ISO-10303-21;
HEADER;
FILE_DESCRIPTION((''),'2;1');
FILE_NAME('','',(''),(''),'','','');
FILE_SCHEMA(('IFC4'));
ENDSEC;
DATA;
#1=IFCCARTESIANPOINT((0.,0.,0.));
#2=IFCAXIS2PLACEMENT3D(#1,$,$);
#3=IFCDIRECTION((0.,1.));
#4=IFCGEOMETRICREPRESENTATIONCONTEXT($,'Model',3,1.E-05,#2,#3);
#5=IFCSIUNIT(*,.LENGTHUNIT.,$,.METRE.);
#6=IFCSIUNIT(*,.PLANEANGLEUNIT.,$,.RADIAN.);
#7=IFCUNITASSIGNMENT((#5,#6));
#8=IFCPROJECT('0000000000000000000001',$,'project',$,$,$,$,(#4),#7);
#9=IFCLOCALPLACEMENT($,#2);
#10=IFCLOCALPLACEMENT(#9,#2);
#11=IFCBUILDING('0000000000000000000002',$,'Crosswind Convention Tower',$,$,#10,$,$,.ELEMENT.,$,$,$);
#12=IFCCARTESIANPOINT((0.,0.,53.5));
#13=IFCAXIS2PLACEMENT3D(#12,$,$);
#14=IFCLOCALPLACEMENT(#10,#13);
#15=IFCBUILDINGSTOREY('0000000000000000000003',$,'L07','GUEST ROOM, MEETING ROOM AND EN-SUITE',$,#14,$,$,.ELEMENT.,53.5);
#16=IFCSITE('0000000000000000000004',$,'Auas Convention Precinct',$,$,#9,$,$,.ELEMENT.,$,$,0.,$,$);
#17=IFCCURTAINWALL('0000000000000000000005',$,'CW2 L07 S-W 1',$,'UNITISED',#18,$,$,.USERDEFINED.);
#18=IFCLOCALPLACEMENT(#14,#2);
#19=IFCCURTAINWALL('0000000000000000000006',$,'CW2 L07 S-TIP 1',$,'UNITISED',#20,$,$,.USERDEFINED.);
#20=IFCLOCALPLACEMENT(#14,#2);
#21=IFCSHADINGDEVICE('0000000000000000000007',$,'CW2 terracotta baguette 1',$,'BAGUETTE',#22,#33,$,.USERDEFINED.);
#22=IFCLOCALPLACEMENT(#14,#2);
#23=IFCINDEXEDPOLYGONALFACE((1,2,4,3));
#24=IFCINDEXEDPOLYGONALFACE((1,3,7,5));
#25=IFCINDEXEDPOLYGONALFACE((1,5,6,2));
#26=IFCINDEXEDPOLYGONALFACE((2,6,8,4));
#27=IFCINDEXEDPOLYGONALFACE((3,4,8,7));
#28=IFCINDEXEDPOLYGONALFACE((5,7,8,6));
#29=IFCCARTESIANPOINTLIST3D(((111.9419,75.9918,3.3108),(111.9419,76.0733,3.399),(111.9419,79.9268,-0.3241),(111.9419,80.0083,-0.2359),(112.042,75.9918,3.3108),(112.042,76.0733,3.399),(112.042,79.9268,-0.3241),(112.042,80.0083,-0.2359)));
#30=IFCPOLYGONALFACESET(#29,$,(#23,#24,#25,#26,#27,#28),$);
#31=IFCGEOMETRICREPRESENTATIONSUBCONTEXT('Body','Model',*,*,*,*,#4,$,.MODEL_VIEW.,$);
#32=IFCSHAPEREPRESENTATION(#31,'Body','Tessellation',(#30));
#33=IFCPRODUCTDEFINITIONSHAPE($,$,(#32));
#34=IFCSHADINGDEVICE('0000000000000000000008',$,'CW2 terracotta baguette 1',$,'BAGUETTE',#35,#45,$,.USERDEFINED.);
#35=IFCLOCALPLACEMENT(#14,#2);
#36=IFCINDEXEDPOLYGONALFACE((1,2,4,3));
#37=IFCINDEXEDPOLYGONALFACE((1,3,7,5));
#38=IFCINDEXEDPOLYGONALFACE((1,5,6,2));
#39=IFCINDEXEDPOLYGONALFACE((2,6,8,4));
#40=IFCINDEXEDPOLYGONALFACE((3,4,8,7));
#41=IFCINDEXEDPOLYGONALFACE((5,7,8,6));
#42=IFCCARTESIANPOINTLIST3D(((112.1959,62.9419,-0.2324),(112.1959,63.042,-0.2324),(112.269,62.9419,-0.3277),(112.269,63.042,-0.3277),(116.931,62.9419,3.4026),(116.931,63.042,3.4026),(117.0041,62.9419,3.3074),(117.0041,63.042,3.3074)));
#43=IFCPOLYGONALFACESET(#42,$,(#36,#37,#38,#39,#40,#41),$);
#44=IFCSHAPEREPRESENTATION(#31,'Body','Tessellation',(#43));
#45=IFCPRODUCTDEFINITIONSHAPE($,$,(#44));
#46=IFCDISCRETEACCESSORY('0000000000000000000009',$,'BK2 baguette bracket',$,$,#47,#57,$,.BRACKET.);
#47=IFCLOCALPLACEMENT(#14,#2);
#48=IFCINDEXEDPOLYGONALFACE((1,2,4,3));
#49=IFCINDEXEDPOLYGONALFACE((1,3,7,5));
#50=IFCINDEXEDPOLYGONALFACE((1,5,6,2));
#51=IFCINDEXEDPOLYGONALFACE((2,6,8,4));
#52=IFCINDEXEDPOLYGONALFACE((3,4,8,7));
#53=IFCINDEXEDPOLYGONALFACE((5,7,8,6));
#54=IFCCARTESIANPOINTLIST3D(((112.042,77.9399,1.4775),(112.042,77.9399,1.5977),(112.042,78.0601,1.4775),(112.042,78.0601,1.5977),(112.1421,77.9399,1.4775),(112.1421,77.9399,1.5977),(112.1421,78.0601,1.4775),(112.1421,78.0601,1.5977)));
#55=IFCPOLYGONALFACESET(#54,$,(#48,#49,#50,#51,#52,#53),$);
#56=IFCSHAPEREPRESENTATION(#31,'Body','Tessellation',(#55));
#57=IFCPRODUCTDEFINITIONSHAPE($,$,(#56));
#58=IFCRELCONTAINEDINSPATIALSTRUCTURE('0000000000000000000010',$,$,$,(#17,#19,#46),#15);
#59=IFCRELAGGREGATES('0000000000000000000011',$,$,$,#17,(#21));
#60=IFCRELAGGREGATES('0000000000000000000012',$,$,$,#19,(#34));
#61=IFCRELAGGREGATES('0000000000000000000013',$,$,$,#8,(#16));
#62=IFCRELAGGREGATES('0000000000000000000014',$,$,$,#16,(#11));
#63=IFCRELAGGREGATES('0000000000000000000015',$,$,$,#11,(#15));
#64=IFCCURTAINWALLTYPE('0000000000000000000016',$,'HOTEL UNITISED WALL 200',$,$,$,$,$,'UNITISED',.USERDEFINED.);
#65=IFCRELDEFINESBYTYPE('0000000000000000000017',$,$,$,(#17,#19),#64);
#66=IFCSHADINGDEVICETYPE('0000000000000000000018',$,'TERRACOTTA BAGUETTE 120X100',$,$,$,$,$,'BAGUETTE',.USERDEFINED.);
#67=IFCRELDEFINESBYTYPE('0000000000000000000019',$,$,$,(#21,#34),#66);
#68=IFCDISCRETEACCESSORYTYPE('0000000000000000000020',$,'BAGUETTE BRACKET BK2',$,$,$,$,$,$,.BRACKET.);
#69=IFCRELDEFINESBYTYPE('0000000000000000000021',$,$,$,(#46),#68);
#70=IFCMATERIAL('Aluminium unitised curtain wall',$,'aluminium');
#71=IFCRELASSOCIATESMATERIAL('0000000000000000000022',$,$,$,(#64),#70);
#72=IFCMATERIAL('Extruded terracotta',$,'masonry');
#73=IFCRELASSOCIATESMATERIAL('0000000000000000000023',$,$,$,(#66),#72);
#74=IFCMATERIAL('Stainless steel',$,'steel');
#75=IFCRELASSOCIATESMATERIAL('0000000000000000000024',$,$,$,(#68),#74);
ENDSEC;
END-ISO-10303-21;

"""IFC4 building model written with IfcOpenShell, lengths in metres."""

from ifc_helpers import new_model, si_unit, direction, frame, origin, origin_2d, place, context, subcontext, project, spatial, rectangle, extrude, material, material_profile, profile_set, type_object, element, aggregate, save


model = new_model("IFC4")

# Units and contexts
model_context = context("Model", 3, precision=1e-05, world=origin(), true_north=direction((0.0, 1.0)))
body_context = subcontext(model_context, "Body", "Model", "MODEL_VIEW")
ifc_project = project(units=[si_unit("LENGTHUNIT", "METRE"), si_unit("PLANEANGLEUNIT", "RADIAN")], contexts=[model_context])

# Site, building, storey
site_placement = place(None, origin())
site = spatial("IfcSite", under=ifc_project, at=site_placement, Name="Auas Convention Precinct", CompositionType="ELEMENT", RefElevation=0.0)
building_placement = place(site_placement, origin())
building = spatial("IfcBuilding", under=site, at=building_placement, Name="Crosswind Convention Tower", CompositionType="ELEMENT")
storey_placement = place(building_placement, frame((0.0, 0.0, 53.5)))
storey = spatial("IfcBuildingStorey", under=building, at=storey_placement, Name="L07", Description="GUEST ROOM, MEETING ROOM AND EN-SUITE", CompositionType="ELEMENT", Elevation=53.5)

# Curtain wall
ifc_material_1 = material(Name="Aluminium unitised curtain wall", Category="aluminium")
curtain_wall_type = type_object("IfcCurtainWallType", Name="HOTEL UNITISED WALL 200", ElementType="UNITISED", PredefinedType="USERDEFINED", material=ifc_material_1)
curtain_wall_1_placement = place(storey_placement, origin())
curtain_wall_1 = element("IfcCurtainWall", 1, at=curtain_wall_1_placement, inside=storey, type_object=curtain_wall_type, Name="CW2 L07 S-W 1", ObjectType="UNITISED", PredefinedType="USERDEFINED")

# Curtain wall
curtain_wall_2_placement = place(storey_placement, origin())
curtain_wall_2 = element("IfcCurtainWall", 2, at=curtain_wall_2_placement, inside=storey, type_object=curtain_wall_type, Name="CW2 L07 S-TIP 1", ObjectType="UNITISED", PredefinedType="USERDEFINED")

# Shading devices
ifc_material_2 = material(Name="Extruded terracotta", Category="masonry")
ifc_material_profile_1 = material_profile(ifc_material_2, rectangle(XDim=0.1001, YDim=0.1201, at=origin_2d()), Name="TC 100X120")
ifc_profile_set_1 = profile_set([ifc_material_profile_1], Name="Extruded terracotta")
shading_device_type = type_object("IfcShadingDeviceType", Name="TERRACOTTA BAGUETTE 120X100", ElementType="BAGUETTE", PredefinedType="USERDEFINED", material=ifc_profile_set_1)
shading_device_1_placement = place(storey_placement, frame((111.9919, 79.9675, -0.28), z_axis=(0.0, -0.734557, 0.678547), x_axis=(1.0, 0.0, 0.0)))
shading_device_1 = element("IfcShadingDevice", 3, at=shading_device_1_placement, type_object=shading_device_type, Name="CW2 terracotta baguette 1", ObjectType="BAGUETTE", PredefinedType="USERDEFINED", context=body_context, shape_type="SweptSolid", body=[
    extrude(rectangle(XDim=0.1001, YDim=0.1201, at=origin_2d()), origin(), (0.0, 0.0, 1.0), 5.3569),
])
aggregate(curtain_wall_1, [shading_device_1])
shading_device_2_placement = place(storey_placement, frame((112.2324, 62.9919, -0.28), z_axis=(0.793221, 0.0, 0.608934), x_axis=(0.0, 1.0, 0.0)))
shading_device_2 = element("IfcShadingDevice", 4, at=shading_device_2_placement, type_object=shading_device_type, Name="CW2 terracotta baguette 1", ObjectType="BAGUETTE", PredefinedType="USERDEFINED", context=body_context, shape_type="SweptSolid", body=[
    extrude(rectangle(XDim=0.1001, YDim=0.1201, at=origin_2d()), origin(), (0.0, 0.0, 1.0), 5.9695),
])
aggregate(curtain_wall_2, [shading_device_2])

# Discrete accessory
ifc_material_3 = material(Name="Stainless steel", Category="steel")
discrete_accessory_type = type_object("IfcDiscreteAccessoryType", Name="BAGUETTE BRACKET BK2", PredefinedType="BRACKET", material=ifc_material_3)
discrete_accessory_placement = place(storey_placement, frame((112.092, 78.0, 1.4775), z_axis=(0.0, 0.0, 1.0), x_axis=(0.0, -1.0, 0.0)))
element("IfcDiscreteAccessory", 5, at=discrete_accessory_placement, inside=storey, type_object=discrete_accessory_type, Name="BK2 baguette bracket", PredefinedType="BRACKET", context=body_context, shape_type="SweptSolid", body=[
    extrude(rectangle(XDim=0.1201, YDim=0.1001, at=origin_2d()), origin(), (0.0, 0.0, 1.0), 0.1201),
])

save(model, "model.ifc")
